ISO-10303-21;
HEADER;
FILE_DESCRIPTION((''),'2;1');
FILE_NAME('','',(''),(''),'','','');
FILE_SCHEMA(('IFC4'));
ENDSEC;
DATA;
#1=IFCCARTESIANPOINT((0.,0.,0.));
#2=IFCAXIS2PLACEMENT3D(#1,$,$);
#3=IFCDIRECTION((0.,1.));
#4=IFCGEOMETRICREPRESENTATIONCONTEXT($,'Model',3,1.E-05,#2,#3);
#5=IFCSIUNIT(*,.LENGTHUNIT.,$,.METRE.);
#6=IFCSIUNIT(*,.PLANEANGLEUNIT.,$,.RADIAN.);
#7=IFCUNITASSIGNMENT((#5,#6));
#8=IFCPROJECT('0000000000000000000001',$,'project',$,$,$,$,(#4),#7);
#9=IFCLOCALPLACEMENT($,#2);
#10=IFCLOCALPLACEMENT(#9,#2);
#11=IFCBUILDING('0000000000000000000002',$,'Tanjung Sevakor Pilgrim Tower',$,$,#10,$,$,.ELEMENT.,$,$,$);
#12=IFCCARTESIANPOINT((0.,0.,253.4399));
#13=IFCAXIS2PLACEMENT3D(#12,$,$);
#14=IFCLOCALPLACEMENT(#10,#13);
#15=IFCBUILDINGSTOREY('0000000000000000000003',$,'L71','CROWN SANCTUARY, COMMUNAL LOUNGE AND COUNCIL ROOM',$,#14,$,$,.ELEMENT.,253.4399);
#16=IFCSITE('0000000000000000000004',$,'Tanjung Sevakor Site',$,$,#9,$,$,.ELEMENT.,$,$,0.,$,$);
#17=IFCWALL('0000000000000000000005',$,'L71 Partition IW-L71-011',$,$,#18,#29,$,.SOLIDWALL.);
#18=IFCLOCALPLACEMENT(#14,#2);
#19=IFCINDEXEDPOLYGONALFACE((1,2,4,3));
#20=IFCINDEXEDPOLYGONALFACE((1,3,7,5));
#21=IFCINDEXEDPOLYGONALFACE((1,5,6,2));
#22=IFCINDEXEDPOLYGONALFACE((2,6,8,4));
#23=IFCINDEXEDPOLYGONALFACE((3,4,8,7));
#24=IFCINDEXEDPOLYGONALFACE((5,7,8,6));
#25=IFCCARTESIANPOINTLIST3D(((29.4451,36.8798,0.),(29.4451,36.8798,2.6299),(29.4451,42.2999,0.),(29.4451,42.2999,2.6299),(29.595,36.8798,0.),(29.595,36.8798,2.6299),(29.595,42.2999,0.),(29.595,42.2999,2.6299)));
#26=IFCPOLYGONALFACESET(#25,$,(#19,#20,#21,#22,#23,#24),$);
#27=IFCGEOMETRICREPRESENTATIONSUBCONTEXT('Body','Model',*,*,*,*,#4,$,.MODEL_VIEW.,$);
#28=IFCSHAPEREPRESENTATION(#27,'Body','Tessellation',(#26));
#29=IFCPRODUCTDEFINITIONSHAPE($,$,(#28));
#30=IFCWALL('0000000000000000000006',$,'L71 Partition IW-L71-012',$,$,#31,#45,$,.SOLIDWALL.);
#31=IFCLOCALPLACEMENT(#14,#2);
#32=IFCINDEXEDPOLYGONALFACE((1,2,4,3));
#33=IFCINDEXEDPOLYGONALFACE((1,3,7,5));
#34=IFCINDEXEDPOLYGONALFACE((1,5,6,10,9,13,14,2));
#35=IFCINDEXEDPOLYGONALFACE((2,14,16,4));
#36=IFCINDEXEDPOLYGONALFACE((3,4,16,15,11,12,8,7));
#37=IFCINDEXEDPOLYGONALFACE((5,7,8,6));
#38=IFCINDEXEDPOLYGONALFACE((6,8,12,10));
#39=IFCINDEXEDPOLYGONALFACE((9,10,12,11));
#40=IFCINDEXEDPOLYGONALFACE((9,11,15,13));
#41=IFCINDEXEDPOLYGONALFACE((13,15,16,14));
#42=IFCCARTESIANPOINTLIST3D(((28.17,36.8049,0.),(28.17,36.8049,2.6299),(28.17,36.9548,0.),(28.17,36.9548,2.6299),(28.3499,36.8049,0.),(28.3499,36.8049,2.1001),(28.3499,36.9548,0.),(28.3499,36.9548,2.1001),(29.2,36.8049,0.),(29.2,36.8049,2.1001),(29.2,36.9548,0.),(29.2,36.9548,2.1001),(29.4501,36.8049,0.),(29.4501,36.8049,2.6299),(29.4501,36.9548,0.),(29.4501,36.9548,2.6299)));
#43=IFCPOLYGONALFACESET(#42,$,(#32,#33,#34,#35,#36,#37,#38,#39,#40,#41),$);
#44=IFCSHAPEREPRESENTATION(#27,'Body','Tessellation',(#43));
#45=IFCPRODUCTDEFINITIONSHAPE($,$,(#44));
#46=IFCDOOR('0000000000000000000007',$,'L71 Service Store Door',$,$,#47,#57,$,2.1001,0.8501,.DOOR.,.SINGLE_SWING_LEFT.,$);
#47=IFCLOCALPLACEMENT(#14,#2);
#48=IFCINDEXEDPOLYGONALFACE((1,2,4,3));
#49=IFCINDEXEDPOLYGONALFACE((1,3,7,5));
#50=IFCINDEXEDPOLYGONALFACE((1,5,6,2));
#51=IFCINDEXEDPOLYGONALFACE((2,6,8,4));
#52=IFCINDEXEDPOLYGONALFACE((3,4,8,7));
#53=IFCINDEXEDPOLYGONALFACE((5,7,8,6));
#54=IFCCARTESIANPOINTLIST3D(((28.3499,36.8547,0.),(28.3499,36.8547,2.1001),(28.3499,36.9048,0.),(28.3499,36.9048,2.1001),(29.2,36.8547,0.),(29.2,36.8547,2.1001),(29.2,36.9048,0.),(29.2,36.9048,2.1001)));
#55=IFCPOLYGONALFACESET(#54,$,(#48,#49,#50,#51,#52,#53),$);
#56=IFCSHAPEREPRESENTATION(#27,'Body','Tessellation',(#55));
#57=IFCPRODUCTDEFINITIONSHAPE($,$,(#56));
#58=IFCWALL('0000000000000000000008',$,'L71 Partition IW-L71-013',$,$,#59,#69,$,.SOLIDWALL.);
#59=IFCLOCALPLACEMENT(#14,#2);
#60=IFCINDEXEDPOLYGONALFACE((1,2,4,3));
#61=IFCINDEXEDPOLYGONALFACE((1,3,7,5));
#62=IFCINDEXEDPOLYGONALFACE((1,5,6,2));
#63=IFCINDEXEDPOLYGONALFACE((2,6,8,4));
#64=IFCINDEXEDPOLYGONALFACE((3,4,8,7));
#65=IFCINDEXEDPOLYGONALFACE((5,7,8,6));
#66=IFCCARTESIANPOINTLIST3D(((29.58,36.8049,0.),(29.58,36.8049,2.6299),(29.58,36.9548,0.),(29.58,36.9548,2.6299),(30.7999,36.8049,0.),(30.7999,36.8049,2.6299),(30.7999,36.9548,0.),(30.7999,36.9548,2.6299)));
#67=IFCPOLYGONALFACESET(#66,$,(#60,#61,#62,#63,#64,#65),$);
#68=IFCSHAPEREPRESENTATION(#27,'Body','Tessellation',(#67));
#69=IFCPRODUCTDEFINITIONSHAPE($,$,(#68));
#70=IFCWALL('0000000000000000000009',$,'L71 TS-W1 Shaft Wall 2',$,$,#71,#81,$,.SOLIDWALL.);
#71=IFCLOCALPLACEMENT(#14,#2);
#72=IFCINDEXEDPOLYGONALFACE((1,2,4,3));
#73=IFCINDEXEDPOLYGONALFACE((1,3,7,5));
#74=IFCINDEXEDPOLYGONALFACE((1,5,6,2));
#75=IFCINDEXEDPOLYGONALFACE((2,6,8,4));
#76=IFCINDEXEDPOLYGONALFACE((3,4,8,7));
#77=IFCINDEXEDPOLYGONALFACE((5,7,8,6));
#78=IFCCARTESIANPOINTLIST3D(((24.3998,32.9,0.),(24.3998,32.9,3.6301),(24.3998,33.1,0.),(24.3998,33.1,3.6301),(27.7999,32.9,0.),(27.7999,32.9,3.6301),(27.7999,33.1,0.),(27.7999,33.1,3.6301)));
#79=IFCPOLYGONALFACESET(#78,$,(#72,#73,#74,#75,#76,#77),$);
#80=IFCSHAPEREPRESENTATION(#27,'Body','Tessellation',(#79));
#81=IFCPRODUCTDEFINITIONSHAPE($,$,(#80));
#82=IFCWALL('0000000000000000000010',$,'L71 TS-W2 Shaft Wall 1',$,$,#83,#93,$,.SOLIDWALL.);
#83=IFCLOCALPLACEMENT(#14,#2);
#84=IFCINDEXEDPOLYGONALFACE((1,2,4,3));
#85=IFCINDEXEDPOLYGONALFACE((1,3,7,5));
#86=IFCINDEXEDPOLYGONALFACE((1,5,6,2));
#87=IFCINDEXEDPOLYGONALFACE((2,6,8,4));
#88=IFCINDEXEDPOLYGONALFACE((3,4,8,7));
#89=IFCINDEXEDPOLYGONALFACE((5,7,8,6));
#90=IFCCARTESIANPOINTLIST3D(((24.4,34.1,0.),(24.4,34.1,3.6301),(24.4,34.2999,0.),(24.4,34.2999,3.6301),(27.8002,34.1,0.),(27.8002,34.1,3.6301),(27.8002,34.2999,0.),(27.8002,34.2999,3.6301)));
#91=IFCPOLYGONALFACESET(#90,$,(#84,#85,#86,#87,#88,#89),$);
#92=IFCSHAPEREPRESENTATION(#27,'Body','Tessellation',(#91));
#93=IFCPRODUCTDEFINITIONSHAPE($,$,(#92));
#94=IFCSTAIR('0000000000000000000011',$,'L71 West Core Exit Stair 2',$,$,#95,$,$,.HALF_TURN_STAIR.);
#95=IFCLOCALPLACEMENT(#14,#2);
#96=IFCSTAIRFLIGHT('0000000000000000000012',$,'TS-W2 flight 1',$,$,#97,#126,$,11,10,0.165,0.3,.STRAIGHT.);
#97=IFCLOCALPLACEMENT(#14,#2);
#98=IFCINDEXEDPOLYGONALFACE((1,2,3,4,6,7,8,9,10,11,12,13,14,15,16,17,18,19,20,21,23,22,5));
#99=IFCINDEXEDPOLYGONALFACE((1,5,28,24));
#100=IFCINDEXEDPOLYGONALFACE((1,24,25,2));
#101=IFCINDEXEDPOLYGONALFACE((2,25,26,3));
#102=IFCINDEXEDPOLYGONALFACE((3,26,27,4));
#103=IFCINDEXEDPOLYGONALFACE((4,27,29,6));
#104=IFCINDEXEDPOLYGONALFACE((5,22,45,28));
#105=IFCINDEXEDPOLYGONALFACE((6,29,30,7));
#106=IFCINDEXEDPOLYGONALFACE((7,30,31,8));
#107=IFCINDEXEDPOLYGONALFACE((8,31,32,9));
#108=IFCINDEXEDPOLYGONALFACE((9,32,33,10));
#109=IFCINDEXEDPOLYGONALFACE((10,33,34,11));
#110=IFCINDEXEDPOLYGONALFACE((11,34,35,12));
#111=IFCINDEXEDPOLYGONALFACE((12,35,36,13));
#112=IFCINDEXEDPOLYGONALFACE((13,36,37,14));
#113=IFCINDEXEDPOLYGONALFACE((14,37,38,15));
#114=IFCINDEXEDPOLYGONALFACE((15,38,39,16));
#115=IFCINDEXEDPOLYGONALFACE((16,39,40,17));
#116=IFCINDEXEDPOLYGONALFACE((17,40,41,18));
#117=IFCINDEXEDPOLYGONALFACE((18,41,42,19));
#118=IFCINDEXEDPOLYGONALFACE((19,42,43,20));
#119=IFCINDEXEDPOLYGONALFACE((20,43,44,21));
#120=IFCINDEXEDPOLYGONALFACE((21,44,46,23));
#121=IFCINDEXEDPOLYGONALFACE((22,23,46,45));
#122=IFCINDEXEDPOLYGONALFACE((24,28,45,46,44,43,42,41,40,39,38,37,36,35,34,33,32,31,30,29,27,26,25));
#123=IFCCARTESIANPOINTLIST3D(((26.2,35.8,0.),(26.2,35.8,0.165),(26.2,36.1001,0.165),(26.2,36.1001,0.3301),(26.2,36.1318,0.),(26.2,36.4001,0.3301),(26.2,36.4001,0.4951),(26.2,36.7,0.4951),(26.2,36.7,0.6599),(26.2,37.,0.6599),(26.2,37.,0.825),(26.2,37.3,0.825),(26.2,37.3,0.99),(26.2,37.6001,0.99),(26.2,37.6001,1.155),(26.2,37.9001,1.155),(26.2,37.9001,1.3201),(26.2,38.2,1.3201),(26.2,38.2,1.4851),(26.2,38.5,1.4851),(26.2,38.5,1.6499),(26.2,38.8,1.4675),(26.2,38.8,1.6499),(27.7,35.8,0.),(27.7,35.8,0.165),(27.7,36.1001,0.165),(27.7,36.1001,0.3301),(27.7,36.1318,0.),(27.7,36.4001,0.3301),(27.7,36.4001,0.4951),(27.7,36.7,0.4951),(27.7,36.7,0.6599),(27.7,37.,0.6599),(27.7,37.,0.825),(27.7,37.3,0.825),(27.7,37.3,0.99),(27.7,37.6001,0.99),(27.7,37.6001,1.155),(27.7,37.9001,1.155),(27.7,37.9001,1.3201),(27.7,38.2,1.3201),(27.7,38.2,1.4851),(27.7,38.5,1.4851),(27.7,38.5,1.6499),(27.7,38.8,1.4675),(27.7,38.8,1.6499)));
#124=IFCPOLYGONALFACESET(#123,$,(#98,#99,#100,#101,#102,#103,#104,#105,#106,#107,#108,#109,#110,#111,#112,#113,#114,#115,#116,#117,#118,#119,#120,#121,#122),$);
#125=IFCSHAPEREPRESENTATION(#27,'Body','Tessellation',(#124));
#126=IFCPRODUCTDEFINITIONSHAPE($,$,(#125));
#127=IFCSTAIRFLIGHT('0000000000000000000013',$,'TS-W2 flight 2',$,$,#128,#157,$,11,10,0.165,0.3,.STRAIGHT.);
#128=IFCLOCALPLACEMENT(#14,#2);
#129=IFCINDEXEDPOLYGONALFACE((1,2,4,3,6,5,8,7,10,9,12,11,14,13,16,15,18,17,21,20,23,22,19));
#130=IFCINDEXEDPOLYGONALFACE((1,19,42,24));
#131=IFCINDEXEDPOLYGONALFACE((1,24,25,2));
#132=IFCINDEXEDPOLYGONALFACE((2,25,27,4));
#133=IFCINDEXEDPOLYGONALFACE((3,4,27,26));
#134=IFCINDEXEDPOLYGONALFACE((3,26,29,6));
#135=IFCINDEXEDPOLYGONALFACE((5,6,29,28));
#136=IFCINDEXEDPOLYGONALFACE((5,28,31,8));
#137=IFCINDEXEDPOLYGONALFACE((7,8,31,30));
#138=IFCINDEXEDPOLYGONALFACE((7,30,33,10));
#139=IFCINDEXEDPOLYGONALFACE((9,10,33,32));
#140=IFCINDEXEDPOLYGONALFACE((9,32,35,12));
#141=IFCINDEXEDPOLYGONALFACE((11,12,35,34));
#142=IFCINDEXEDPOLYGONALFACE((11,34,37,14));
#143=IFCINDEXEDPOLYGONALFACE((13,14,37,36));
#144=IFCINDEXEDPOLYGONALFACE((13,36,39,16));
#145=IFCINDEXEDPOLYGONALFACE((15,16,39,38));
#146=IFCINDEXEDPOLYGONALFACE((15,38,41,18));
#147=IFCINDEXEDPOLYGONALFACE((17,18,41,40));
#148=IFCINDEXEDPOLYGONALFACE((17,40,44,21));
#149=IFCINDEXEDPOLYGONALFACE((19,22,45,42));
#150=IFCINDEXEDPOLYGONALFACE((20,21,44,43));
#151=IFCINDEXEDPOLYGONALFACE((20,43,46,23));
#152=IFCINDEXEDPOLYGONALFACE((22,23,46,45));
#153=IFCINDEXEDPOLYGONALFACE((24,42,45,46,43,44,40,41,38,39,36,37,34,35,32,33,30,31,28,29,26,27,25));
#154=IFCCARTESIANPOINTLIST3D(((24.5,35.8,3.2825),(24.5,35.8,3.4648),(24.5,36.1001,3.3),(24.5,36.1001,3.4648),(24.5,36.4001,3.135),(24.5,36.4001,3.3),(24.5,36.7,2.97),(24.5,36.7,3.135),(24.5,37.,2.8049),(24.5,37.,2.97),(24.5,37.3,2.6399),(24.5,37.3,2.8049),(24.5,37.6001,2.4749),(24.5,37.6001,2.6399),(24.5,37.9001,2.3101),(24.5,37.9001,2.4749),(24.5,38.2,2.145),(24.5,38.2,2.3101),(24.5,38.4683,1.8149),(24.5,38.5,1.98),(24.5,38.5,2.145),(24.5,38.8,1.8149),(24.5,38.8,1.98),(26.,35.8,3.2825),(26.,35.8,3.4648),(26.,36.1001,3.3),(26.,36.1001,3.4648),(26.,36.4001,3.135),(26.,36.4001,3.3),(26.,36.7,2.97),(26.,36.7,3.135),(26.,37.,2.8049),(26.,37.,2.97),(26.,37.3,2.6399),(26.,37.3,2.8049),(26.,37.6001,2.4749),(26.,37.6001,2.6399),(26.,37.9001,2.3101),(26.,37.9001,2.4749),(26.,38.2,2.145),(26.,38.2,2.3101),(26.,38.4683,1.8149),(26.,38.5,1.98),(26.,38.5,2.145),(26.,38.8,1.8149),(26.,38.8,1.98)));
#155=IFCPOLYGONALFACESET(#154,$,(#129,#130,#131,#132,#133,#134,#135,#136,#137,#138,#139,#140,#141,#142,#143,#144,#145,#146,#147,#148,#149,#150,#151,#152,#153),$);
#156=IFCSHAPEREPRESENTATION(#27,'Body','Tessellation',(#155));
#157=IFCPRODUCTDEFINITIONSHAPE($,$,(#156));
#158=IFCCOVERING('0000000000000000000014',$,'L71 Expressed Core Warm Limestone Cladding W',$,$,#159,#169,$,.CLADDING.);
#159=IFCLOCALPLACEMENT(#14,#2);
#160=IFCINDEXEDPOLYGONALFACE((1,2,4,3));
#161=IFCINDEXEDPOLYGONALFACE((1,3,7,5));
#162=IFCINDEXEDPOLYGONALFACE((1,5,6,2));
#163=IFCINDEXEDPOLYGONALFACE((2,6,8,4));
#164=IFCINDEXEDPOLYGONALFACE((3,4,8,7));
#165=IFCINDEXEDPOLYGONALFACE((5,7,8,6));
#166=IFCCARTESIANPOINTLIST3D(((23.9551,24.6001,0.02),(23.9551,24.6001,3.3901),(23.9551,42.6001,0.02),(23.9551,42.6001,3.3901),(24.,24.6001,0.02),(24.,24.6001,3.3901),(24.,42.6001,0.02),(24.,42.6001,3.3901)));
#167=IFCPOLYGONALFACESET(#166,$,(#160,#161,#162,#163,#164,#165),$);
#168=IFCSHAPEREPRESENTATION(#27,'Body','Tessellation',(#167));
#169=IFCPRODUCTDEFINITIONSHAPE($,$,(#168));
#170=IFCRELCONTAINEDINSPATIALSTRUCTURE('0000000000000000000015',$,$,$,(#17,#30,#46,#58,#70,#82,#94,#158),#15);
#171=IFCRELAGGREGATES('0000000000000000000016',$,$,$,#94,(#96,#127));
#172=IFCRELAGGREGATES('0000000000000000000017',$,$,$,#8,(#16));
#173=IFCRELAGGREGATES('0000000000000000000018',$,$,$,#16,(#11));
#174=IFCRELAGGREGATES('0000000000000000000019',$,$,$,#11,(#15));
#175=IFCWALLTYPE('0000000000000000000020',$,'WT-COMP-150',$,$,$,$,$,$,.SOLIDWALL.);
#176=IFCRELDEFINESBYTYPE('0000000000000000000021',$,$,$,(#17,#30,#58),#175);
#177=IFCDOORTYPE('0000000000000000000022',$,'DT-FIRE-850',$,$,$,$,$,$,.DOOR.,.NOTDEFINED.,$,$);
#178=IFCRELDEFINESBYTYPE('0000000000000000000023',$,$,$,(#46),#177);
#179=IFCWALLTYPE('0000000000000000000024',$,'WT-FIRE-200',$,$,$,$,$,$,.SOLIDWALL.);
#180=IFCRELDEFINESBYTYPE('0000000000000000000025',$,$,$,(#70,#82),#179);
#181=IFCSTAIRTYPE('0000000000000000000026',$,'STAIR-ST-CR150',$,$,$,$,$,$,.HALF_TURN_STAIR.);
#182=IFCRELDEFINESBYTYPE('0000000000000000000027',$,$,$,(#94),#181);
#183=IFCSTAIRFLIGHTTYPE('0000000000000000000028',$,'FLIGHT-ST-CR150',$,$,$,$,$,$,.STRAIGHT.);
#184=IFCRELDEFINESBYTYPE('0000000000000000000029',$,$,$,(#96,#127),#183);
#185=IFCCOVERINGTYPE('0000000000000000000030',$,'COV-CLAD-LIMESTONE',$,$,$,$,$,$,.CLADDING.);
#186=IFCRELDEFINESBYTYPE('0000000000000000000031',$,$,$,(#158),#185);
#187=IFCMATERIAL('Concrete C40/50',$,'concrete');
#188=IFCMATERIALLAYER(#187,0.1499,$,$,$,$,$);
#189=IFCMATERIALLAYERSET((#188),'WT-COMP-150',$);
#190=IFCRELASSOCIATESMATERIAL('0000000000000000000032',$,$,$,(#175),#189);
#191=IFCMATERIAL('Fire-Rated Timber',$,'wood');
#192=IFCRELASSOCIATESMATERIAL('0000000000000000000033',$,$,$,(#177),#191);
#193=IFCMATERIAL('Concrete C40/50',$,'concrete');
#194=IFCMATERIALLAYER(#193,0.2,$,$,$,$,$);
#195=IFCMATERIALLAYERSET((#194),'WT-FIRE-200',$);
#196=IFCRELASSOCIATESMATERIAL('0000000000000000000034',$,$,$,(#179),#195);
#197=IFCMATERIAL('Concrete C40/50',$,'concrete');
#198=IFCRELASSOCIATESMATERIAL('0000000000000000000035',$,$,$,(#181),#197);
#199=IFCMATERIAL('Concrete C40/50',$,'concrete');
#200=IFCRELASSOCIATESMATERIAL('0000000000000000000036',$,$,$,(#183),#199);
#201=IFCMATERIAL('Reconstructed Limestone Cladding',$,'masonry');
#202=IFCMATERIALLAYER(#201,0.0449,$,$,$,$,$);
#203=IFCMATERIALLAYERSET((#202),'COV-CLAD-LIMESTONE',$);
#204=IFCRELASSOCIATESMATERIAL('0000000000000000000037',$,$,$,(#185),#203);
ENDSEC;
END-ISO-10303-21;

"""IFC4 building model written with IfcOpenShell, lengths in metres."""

from ifc_helpers import new_model, si_unit, direction, frame, frame_2d, origin, origin_2d, place, context, subcontext, project, spatial, polyline, rectangle, outline, extrude, material, layer, layer_set, type_object, element, fill, aggregate, save


model = new_model("IFC4")

# Units and contexts
model_context = context("Model", 3, precision=1e-05, world=origin(), true_north=direction((0.0, 1.0)))
body_context = subcontext(model_context, "Body", "Model", "MODEL_VIEW")
ifc_project = project(units=[si_unit("LENGTHUNIT", "METRE"), si_unit("PLANEANGLEUNIT", "RADIAN")], contexts=[model_context])

# Site, building, storey
site_placement = place(None, origin())
site = spatial("IfcSite", under=ifc_project, at=site_placement, Name="Tanjung Sevakor Site", CompositionType="ELEMENT", RefElevation=0.0)
building_placement = place(site_placement, origin())
building = spatial("IfcBuilding", under=site, at=building_placement, Name="Tanjung Sevakor Pilgrim Tower", CompositionType="ELEMENT")
storey_placement = place(building_placement, frame((0.0, 0.0, 253.4399)))
storey = spatial("IfcBuildingStorey", under=building, at=storey_placement, Name="L71", Description="CROWN SANCTUARY, COMMUNAL LOUNGE AND COUNCIL ROOM", CompositionType="ELEMENT", Elevation=253.4399)

# Shared definitions
ifc_material_1 = material(Name="Concrete C40/50", Category="concrete")
ifc_layer_1 = layer(ifc_material_1, 0.1499)
ifc_layer_set_1 = layer_set([ifc_layer_1], Name="WT-COMP-150")
wall_type_1 = type_object("IfcWallType", Name="WT-COMP-150", PredefinedType="SOLIDWALL", material=ifc_layer_set_1)
ifc_material_2 = material(Name="Fire-Rated Timber", Category="wood")
door_type_1 = type_object("IfcDoorType", Name="DT-FIRE-850", OperationType="NOTDEFINED", PredefinedType="DOOR", material=ifc_material_2)

# Wall
wall_1_placement = place(storey_placement, frame((29.52, 36.8799, 0.0), z_axis=(0.0, 0.0, 1.0), x_axis=(0.0, 1.0, 0.0)))
element("IfcWall", 1, at=wall_1_placement, inside=storey, type_object=wall_type_1, Name="L71 Partition IW-L71-011", PredefinedType="SOLIDWALL", context=body_context, shape_type="SweptSolid", body=[
    extrude(rectangle(XDim=5.4202, YDim=0.1499, at=frame_2d((2.71, 0.0))), origin(), (0.0, 0.0, 1.0), 2.6299),
])

# Wall, opening, door
wall_2_placement = place(storey_placement, frame((28.1699, 36.8799, 0.0), z_axis=(0.0, 0.0, 1.0), x_axis=(1.0, 0.0, 0.0)))
wall_2 = element("IfcWall", 2, at=wall_2_placement, inside=storey, type_object=wall_type_1, Name="L71 Partition IW-L71-012", PredefinedType="SOLIDWALL", context=body_context, shape_type="SweptSolid", body=[
    extrude(rectangle(XDim=1.28, YDim=0.1499, at=frame_2d((0.6401, 0.0))), origin(), (0.0, 0.0, 1.0), 2.6299),
])
opening_1_placement = place(wall_2_placement, frame((0.1799, 0.0, 0.0)))
opening_1 = element("IfcOpeningElement", 3, at=opening_1_placement, cuts=wall_2, PredefinedType="OPENING", context=body_context, shape_type="SweptSolid", body=[
    extrude(rectangle(XDim=0.8501, YDim=2.1001, at=frame_2d((0.425, 1.05))), frame((0.0, 0.085, 0.0), z_axis=(0.0, -1.0, 0.0), x_axis=(1.0, 0.0, 0.0)), (0.0, 0.0, 1.0), 0.1699),
])
door_1_placement = place(opening_1_placement, origin())
door_1 = element("IfcDoor", 4, at=door_1_placement, inside=storey, type_object=door_type_1, Name="L71 Service Store Door", OperationType="SINGLE_SWING_LEFT", OverallHeight=2.1001, OverallWidth=0.8501, PredefinedType="DOOR", context=body_context, shape_type="SweptSolid", body=[
    extrude(rectangle(XDim=0.8501, YDim=2.1001, at=frame_2d((0.425, 1.05))), frame((0.0, 0.0249, 0.0), z_axis=(0.0, -1.0, 0.0), x_axis=(1.0, 0.0, 0.0)), (0.0, 0.0, 1.0), 0.05),
])
fill(opening_1, door_1)

# Wall
wall_3_placement = place(storey_placement, frame((29.5801, 36.8799, 0.0), z_axis=(0.0, 0.0, 1.0), x_axis=(1.0, 0.0, 0.0)))
element("IfcWall", 5, at=wall_3_placement, inside=storey, type_object=wall_type_1, Name="L71 Partition IW-L71-013", PredefinedType="SOLIDWALL", context=body_context, shape_type="SweptSolid", body=[
    extrude(rectangle(XDim=1.22, YDim=0.1499, at=frame_2d((0.6099, 0.0))), origin(), (0.0, 0.0, 1.0), 2.6299),
])

# Walls
ifc_material_3 = material(Name="Concrete C40/50", Category="concrete")
ifc_layer_2 = layer(ifc_material_3, 0.2)
ifc_layer_set_2 = layer_set([ifc_layer_2], Name="WT-FIRE-200")
wall_type_2 = type_object("IfcWallType", Name="WT-FIRE-200", PredefinedType="SOLIDWALL", material=ifc_layer_set_2)
for number, where, z_axis, x_axis, name in (
    (6, (27.8, 33.0, 0.0), (0.0, 0.0, 1.0), (-1.0, 0.0, 0.0), "L71 TS-W1 Shaft Wall 2"),
    (7, (24.3999, 34.2, 0.0), (0.0, 0.0, 1.0), (1.0, 0.0, 0.0), "L71 TS-W2 Shaft Wall 1"),
):
    element("IfcWall", number, at=place(storey_placement, frame(where, z_axis=z_axis, x_axis=x_axis)), inside=storey, type_object=wall_type_2, Name=name, PredefinedType="SOLIDWALL", context=body_context, shape_type="SweptSolid", body=[
        extrude(rectangle(XDim=3.4001, YDim=0.2, at=frame_2d((1.7002, 0.0))), origin(), (0.0, 0.0, 1.0), 3.6301),
    ])

# Stair, stair flights
ifc_material_4 = material(Name="Concrete C40/50", Category="concrete")
stair_type = type_object("IfcStairType", Name="STAIR-ST-CR150", PredefinedType="HALF_TURN_STAIR", material=ifc_material_4)
stair_placement = place(storey_placement, origin())
stair = element("IfcStair", 8, at=stair_placement, inside=storey, type_object=stair_type, Name="L71 West Core Exit Stair 2", PredefinedType="HALF_TURN_STAIR")
ifc_material_5 = material(Name="Concrete C40/50", Category="concrete")
stair_flight_type = type_object("IfcStairFlightType", Name="FLIGHT-ST-CR150", PredefinedType="STRAIGHT", material=ifc_material_5)
stair_flight_1_placement = place(storey_placement, frame((26.95, 35.8, 0.0), z_axis=(0.0, 0.0, 1.0), x_axis=(0.0, 1.0, 0.0)))
stair_flight_1 = element("IfcStairFlight", 9, at=stair_flight_1_placement, type_object=stair_flight_type, Name="TS-W2 flight 1", NumberOfRisers=11, NumberOfTreads=10, PredefinedType="STRAIGHT", RiserHeight=0.165, TreadLength=0.3, context=body_context, shape_type="SweptSolid", body=[
    extrude(outline(polyline([(0.0, 0.0), (0.0, 0.165), (0.3, 0.165), (0.3, 0.3301), (0.6001, 0.3301), (0.6001, 0.4951), (0.8999, 0.4951), (0.8999, 0.6599), (1.2, 0.6599), (1.2, 0.825), (1.5, 0.825), (1.5, 0.99), (1.8, 0.99), (1.8, 1.155), (2.1001, 1.155), (2.1001, 1.3201), (2.3999, 1.3201), (2.3999, 1.4851), (2.7, 1.4851), (2.7, 1.6499), (3.0, 1.6499), (3.0, 1.8149), (3.0, 1.4675), (0.3318, 0.0), (0.0, 0.0)])), frame((0.0, 0.75, 0.0), z_axis=(0.0, -1.0, 0.0), x_axis=(1.0, 0.0, 0.0)), (0.0, 0.0, 1.0), 1.5),
])
stair_flight_2_placement = place(storey_placement, frame((25.25, 38.8, 1.8149), z_axis=(0.0, 0.0, 1.0), x_axis=(0.0, -1.0, 0.0)))
stair_flight_2 = element("IfcStairFlight", 10, at=stair_flight_2_placement, type_object=stair_flight_type, Name="TS-W2 flight 2", NumberOfRisers=11, NumberOfTreads=10, PredefinedType="STRAIGHT", RiserHeight=0.165, TreadLength=0.3, context=body_context, shape_type="SweptSolid", body=[
    extrude(outline(polyline([(0.0, 0.0), (0.0, 0.165), (0.3, 0.165), (0.3, 0.3301), (0.6001, 0.3301), (0.6001, 0.4951), (0.8999, 0.4951), (0.8999, 0.6599), (1.2, 0.6599), (1.2, 0.825), (1.5, 0.825), (1.5, 0.99), (1.8, 0.99), (1.8, 1.155), (2.1001, 1.155), (2.1001, 1.3201), (2.3999, 1.3201), (2.3999, 1.4851), (2.7, 1.4851), (2.7, 1.6499), (3.0, 1.6499), (3.0, 1.8149), (3.0, 1.4675), (0.3318, 0.0), (0.0, 0.0)])), frame((0.0, 0.75, 0.0), z_axis=(0.0, -1.0, 0.0), x_axis=(1.0, 0.0, 0.0)), (0.0, 0.0, 1.0), 1.5),
])
aggregate(stair, [stair_flight_1, stair_flight_2])

# Covering
ifc_material_6 = material(Name="Reconstructed Limestone Cladding", Category="masonry")
ifc_layer_3 = layer(ifc_material_6, 0.0449)
ifc_layer_set_3 = layer_set([ifc_layer_3], Name="COV-CLAD-LIMESTONE")
covering_type = type_object("IfcCoveringType", Name="COV-CLAD-LIMESTONE", PredefinedType="CLADDING", material=ifc_layer_set_3)
covering_placement = place(storey_placement, frame((23.9775, 33.6001, 0.02), z_axis=(0.0, 0.0, 1.0), x_axis=(1.0, 0.0, 0.0)))
element("IfcCovering", 11, at=covering_placement, inside=storey, type_object=covering_type, Name="L71 Expressed Core Warm Limestone Cladding W", PredefinedType="CLADDING", context=body_context, shape_type="SweptSolid", body=[
    extrude(rectangle(XDim=0.0449, YDim=18.0, at=origin_2d()), origin(), (0.0, 0.0, 1.0), 3.3701),
])

save(model, "model.ifc")
